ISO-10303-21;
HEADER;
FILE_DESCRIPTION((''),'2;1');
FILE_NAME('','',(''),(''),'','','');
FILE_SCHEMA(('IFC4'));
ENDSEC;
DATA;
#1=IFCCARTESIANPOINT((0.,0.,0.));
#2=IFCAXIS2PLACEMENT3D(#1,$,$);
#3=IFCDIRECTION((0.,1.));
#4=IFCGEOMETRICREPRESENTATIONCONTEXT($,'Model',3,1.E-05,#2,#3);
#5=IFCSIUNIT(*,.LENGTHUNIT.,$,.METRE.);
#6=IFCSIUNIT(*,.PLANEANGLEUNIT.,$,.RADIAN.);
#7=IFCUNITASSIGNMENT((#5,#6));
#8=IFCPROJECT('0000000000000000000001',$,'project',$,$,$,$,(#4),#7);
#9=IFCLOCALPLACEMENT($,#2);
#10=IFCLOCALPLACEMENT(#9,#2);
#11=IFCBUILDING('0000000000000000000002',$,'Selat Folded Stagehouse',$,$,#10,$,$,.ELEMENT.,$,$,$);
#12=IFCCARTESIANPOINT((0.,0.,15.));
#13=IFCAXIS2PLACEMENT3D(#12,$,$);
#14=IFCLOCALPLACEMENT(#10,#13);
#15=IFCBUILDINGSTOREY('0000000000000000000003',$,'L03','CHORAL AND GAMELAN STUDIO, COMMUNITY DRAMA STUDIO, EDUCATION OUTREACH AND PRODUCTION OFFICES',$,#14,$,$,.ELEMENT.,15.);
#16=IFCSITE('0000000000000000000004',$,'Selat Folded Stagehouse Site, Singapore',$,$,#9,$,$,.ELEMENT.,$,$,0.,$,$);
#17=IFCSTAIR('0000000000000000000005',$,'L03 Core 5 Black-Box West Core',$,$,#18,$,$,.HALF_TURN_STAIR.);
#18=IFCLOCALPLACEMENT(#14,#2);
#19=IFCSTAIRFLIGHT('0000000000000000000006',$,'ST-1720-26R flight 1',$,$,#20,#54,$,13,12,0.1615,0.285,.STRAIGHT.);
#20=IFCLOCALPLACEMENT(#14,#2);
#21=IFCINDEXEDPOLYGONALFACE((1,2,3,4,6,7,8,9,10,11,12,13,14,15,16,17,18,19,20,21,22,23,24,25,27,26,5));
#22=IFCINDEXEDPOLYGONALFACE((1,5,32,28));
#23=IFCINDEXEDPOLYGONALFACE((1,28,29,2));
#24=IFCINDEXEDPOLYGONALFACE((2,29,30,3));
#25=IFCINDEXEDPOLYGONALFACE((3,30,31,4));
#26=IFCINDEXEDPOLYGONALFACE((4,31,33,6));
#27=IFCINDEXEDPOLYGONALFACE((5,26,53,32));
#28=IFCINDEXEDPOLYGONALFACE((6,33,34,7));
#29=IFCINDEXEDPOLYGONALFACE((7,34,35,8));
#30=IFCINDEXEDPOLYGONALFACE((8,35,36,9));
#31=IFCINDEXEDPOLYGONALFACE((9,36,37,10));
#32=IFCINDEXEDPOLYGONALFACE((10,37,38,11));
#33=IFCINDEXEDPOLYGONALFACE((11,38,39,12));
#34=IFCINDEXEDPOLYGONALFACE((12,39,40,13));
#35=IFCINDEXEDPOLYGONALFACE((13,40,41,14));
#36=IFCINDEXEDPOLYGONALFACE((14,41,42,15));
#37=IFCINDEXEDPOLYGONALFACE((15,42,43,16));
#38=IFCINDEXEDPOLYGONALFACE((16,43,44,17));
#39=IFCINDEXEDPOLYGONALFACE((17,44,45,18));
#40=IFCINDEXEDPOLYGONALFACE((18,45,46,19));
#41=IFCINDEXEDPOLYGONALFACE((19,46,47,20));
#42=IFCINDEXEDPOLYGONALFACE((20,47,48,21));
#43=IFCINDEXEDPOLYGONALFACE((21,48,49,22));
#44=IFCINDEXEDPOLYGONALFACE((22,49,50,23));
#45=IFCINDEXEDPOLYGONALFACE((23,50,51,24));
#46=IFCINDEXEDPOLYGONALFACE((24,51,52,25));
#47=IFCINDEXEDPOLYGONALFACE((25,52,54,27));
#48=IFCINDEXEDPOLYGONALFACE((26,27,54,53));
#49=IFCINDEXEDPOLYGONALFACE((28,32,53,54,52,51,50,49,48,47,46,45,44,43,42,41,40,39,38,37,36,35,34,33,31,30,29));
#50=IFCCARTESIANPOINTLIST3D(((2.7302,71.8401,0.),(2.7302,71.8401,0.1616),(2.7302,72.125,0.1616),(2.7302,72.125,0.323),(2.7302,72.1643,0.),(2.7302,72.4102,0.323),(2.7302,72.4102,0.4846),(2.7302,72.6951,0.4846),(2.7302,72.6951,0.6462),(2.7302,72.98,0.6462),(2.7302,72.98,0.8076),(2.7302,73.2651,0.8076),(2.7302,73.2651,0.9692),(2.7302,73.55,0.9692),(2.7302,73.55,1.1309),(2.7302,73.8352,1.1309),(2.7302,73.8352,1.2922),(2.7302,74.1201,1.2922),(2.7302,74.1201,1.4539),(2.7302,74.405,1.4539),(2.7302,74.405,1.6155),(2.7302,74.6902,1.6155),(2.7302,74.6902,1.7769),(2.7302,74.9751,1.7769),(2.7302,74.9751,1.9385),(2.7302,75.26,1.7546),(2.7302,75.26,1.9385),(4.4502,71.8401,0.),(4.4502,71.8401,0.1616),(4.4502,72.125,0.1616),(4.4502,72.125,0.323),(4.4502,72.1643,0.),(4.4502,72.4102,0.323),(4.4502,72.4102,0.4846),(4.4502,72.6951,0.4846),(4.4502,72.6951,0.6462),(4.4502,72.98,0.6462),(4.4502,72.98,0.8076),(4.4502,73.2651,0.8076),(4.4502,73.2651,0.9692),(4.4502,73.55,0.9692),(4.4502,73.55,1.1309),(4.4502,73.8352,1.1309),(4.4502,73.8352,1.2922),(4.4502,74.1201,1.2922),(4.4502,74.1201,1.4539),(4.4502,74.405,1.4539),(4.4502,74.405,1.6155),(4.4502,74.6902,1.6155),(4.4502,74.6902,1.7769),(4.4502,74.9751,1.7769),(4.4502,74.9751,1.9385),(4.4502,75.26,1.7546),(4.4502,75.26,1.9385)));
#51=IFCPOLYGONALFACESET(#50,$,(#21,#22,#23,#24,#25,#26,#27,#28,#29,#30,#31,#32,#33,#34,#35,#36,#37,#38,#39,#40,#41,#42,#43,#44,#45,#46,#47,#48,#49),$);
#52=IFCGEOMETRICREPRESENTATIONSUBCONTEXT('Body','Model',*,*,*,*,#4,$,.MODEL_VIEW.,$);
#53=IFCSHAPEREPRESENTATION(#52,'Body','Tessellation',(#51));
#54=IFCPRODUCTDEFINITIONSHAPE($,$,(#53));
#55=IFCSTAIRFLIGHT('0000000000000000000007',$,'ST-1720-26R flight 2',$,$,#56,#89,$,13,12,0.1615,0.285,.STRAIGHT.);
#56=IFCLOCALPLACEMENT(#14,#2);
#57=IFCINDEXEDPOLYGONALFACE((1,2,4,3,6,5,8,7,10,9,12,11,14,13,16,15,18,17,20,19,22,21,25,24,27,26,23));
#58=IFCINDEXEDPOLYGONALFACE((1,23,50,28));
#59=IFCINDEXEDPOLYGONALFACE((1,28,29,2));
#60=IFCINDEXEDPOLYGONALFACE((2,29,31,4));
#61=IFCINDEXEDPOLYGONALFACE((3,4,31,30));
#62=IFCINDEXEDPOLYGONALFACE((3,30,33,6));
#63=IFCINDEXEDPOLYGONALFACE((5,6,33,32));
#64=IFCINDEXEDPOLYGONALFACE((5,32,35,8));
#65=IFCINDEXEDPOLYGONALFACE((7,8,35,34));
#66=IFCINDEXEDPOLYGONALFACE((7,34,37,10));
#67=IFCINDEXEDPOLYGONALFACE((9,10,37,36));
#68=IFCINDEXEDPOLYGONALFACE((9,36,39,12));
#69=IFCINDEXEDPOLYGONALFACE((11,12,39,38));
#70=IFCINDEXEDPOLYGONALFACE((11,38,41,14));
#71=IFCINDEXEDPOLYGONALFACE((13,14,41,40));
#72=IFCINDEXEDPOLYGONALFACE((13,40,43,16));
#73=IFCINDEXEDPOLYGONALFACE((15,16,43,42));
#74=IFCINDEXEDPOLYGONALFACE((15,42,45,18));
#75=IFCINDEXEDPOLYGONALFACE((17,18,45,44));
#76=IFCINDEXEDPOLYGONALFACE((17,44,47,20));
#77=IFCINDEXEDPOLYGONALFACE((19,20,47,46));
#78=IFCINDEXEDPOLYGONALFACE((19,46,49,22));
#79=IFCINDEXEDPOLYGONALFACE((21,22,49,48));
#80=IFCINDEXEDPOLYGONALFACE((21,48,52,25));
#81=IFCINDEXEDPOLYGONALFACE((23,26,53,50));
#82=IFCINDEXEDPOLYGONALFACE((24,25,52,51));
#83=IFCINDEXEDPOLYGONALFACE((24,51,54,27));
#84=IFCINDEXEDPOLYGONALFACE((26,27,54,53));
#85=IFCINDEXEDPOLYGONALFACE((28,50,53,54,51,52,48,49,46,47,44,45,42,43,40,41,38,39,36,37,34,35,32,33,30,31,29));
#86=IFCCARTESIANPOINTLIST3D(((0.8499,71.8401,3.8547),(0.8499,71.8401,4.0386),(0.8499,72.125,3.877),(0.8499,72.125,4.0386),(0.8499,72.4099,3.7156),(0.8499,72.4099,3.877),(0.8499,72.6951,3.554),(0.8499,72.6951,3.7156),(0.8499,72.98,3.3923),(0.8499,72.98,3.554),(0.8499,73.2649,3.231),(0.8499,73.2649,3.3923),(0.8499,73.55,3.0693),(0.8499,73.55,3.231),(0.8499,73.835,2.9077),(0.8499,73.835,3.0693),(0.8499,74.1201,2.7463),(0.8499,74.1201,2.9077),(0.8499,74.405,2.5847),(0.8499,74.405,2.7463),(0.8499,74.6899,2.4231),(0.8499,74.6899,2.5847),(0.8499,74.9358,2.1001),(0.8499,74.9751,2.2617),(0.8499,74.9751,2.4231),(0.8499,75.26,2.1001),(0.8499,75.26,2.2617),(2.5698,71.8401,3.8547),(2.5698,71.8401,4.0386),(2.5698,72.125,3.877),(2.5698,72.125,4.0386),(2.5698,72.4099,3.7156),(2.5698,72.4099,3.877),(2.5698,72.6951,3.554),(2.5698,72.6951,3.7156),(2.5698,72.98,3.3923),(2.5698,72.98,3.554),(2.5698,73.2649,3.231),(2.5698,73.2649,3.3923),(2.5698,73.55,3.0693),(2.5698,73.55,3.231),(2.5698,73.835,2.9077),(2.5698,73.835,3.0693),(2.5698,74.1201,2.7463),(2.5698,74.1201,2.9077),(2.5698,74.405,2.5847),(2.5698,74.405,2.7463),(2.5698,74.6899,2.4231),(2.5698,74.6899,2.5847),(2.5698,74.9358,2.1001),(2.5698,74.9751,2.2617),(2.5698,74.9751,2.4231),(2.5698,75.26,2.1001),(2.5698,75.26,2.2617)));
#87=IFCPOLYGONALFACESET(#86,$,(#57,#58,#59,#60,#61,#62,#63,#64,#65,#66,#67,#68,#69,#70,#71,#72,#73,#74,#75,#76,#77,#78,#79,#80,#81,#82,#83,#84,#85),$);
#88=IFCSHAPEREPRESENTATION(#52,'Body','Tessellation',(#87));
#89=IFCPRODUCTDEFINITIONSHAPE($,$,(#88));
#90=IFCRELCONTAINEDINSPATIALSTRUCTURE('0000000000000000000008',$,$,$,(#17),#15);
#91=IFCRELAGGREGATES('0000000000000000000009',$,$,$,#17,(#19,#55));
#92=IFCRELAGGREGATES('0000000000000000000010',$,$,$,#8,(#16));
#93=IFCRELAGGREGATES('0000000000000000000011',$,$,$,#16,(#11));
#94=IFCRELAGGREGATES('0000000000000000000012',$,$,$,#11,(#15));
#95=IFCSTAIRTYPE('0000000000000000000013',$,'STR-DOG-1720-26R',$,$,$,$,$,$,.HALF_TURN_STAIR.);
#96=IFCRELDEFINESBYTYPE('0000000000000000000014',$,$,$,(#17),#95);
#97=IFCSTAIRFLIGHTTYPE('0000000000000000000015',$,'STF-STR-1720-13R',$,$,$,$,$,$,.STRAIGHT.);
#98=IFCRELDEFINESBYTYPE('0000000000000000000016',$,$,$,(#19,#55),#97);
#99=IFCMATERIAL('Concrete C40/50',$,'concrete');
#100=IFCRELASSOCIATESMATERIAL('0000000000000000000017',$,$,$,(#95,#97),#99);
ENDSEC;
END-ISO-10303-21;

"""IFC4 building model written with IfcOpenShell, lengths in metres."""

from ifc_helpers import new_model, si_unit, direction, frame, origin, place, context, subcontext, project, spatial, polyline, outline, extrude, material, type_object, element, aggregate, save


model = new_model("IFC4")

# Units and contexts
model_context = context("Model", 3, precision=1e-05, world=origin(), true_north=direction((0.0, 1.0)))
body_context = subcontext(model_context, "Body", "Model", "MODEL_VIEW")
ifc_project = project(units=[si_unit("LENGTHUNIT", "METRE"), si_unit("PLANEANGLEUNIT", "RADIAN")], contexts=[model_context])

# Site, building, storey
site_placement = place(None, origin())
site = spatial("IfcSite", under=ifc_project, at=site_placement, Name="Selat Folded Stagehouse Site, Singapore", CompositionType="ELEMENT", RefElevation=0.0)
building_placement = place(site_placement, origin())
building = spatial("IfcBuilding", under=site, at=building_placement, Name="Selat Folded Stagehouse", CompositionType="ELEMENT")
storey_placement = place(building_placement, frame((0.0, 0.0, 15.0)))
storey = spatial("IfcBuildingStorey", under=building, at=storey_placement, Name="L03", Description="CHORAL AND GAMELAN STUDIO, COMMUNITY DRAMA STUDIO, EDUCATION OUTREACH AND PRODUCTION OFFICES", CompositionType="ELEMENT", Elevation=15.0)

# Shared definitions
ifc_material_1 = material(Name="Concrete C40/50", Category="concrete")

# Stair, stair flights
stair_type = type_object("IfcStairType", Name="STR-DOG-1720-26R", PredefinedType="HALF_TURN_STAIR", material=ifc_material_1)
stair_placement = place(storey_placement, origin())
stair = element("IfcStair", 1, at=stair_placement, inside=storey, type_object=stair_type, Name="L03 Core 5 Black-Box West Core", PredefinedType="HALF_TURN_STAIR")
stair_flight_type = type_object("IfcStairFlightType", Name="STF-STR-1720-13R", PredefinedType="STRAIGHT", material=ifc_material_1)
stair_flight_1_placement = place(storey_placement, frame((3.5901, 71.8401, 0.0), z_axis=(0.0, 0.0, 1.0), x_axis=(0.0, 1.0, 0.0)))
stair_flight_1 = element("IfcStairFlight", 2, at=stair_flight_1_placement, type_object=stair_flight_type, Name="ST-1720-26R flight 1", NumberOfRisers=13, NumberOfTreads=12, PredefinedType="STRAIGHT", RiserHeight=0.1615, TreadLength=0.285, context=body_context, shape_type="SweptSolid", body=[
    extrude(outline(polyline([(0.0, 0.0), (0.0, 0.1616), (0.2849, 0.1616), (0.2849, 0.323), (0.5701, 0.323), (0.5701, 0.4846), (0.855, 0.4846), (0.855, 0.6462), (1.1399, 0.6462), (1.1399, 0.8076), (1.425, 0.8076), (1.425, 0.9692), (1.71, 0.9692), (1.71, 1.1309), (1.9951, 1.1309), (1.9951, 1.2922), (2.28, 1.2922), (2.28, 1.4539), (2.5649, 1.4539), (2.5649, 1.6155), (2.8501, 1.6155), (2.8501, 1.7769), (3.135, 1.7769), (3.135, 1.9385), (3.4199, 1.9385), (3.4199, 2.1001), (3.4199, 1.7546), (0.3242, 0.0), (0.0, 0.0)])), frame((0.0, 0.8599, 0.0), z_axis=(0.0, -1.0, 0.0), x_axis=(1.0, 0.0, 0.0)), (0.0, 0.0, 1.0), 1.72),
])
stair_flight_2_placement = place(storey_placement, frame((1.71, 75.26, 2.1001), z_axis=(0.0, 0.0, 1.0), x_axis=(0.0, -1.0, 0.0)))
stair_flight_2 = element("IfcStairFlight", 3, at=stair_flight_2_placement, type_object=stair_flight_type, Name="ST-1720-26R flight 2", NumberOfRisers=13, NumberOfTreads=12, PredefinedType="STRAIGHT", RiserHeight=0.1615, TreadLength=0.285, context=body_context, shape_type="SweptSolid", body=[
    extrude(outline(polyline([(0.0, 0.0), (0.0, 0.1616), (0.2849, 0.1616), (0.2849, 0.323), (0.5701, 0.323), (0.5701, 0.4846), (0.855, 0.4846), (0.855, 0.6462), (1.1399, 0.6462), (1.1399, 0.8076), (1.425, 0.8076), (1.425, 0.9692), (1.71, 0.9692), (1.71, 1.1309), (1.9951, 1.1309), (1.9951, 1.2922), (2.28, 1.2922), (2.28, 1.4539), (2.5649, 1.4539), (2.5649, 1.6155), (2.8501, 1.6155), (2.8501, 1.7769), (3.135, 1.7769), (3.135, 1.9385), (3.4199, 1.9385), (3.4199, 2.1001), (3.4199, 1.7546), (0.3242, 0.0), (0.0, 0.0)])), frame((0.0, 0.8599, 0.0), z_axis=(0.0, -1.0, 0.0), x_axis=(1.0, 0.0, 0.0)), (0.0, 0.0, 1.0), 1.72),
])
aggregate(stair, [stair_flight_1, stair_flight_2])

save(model, "model.ifc")
